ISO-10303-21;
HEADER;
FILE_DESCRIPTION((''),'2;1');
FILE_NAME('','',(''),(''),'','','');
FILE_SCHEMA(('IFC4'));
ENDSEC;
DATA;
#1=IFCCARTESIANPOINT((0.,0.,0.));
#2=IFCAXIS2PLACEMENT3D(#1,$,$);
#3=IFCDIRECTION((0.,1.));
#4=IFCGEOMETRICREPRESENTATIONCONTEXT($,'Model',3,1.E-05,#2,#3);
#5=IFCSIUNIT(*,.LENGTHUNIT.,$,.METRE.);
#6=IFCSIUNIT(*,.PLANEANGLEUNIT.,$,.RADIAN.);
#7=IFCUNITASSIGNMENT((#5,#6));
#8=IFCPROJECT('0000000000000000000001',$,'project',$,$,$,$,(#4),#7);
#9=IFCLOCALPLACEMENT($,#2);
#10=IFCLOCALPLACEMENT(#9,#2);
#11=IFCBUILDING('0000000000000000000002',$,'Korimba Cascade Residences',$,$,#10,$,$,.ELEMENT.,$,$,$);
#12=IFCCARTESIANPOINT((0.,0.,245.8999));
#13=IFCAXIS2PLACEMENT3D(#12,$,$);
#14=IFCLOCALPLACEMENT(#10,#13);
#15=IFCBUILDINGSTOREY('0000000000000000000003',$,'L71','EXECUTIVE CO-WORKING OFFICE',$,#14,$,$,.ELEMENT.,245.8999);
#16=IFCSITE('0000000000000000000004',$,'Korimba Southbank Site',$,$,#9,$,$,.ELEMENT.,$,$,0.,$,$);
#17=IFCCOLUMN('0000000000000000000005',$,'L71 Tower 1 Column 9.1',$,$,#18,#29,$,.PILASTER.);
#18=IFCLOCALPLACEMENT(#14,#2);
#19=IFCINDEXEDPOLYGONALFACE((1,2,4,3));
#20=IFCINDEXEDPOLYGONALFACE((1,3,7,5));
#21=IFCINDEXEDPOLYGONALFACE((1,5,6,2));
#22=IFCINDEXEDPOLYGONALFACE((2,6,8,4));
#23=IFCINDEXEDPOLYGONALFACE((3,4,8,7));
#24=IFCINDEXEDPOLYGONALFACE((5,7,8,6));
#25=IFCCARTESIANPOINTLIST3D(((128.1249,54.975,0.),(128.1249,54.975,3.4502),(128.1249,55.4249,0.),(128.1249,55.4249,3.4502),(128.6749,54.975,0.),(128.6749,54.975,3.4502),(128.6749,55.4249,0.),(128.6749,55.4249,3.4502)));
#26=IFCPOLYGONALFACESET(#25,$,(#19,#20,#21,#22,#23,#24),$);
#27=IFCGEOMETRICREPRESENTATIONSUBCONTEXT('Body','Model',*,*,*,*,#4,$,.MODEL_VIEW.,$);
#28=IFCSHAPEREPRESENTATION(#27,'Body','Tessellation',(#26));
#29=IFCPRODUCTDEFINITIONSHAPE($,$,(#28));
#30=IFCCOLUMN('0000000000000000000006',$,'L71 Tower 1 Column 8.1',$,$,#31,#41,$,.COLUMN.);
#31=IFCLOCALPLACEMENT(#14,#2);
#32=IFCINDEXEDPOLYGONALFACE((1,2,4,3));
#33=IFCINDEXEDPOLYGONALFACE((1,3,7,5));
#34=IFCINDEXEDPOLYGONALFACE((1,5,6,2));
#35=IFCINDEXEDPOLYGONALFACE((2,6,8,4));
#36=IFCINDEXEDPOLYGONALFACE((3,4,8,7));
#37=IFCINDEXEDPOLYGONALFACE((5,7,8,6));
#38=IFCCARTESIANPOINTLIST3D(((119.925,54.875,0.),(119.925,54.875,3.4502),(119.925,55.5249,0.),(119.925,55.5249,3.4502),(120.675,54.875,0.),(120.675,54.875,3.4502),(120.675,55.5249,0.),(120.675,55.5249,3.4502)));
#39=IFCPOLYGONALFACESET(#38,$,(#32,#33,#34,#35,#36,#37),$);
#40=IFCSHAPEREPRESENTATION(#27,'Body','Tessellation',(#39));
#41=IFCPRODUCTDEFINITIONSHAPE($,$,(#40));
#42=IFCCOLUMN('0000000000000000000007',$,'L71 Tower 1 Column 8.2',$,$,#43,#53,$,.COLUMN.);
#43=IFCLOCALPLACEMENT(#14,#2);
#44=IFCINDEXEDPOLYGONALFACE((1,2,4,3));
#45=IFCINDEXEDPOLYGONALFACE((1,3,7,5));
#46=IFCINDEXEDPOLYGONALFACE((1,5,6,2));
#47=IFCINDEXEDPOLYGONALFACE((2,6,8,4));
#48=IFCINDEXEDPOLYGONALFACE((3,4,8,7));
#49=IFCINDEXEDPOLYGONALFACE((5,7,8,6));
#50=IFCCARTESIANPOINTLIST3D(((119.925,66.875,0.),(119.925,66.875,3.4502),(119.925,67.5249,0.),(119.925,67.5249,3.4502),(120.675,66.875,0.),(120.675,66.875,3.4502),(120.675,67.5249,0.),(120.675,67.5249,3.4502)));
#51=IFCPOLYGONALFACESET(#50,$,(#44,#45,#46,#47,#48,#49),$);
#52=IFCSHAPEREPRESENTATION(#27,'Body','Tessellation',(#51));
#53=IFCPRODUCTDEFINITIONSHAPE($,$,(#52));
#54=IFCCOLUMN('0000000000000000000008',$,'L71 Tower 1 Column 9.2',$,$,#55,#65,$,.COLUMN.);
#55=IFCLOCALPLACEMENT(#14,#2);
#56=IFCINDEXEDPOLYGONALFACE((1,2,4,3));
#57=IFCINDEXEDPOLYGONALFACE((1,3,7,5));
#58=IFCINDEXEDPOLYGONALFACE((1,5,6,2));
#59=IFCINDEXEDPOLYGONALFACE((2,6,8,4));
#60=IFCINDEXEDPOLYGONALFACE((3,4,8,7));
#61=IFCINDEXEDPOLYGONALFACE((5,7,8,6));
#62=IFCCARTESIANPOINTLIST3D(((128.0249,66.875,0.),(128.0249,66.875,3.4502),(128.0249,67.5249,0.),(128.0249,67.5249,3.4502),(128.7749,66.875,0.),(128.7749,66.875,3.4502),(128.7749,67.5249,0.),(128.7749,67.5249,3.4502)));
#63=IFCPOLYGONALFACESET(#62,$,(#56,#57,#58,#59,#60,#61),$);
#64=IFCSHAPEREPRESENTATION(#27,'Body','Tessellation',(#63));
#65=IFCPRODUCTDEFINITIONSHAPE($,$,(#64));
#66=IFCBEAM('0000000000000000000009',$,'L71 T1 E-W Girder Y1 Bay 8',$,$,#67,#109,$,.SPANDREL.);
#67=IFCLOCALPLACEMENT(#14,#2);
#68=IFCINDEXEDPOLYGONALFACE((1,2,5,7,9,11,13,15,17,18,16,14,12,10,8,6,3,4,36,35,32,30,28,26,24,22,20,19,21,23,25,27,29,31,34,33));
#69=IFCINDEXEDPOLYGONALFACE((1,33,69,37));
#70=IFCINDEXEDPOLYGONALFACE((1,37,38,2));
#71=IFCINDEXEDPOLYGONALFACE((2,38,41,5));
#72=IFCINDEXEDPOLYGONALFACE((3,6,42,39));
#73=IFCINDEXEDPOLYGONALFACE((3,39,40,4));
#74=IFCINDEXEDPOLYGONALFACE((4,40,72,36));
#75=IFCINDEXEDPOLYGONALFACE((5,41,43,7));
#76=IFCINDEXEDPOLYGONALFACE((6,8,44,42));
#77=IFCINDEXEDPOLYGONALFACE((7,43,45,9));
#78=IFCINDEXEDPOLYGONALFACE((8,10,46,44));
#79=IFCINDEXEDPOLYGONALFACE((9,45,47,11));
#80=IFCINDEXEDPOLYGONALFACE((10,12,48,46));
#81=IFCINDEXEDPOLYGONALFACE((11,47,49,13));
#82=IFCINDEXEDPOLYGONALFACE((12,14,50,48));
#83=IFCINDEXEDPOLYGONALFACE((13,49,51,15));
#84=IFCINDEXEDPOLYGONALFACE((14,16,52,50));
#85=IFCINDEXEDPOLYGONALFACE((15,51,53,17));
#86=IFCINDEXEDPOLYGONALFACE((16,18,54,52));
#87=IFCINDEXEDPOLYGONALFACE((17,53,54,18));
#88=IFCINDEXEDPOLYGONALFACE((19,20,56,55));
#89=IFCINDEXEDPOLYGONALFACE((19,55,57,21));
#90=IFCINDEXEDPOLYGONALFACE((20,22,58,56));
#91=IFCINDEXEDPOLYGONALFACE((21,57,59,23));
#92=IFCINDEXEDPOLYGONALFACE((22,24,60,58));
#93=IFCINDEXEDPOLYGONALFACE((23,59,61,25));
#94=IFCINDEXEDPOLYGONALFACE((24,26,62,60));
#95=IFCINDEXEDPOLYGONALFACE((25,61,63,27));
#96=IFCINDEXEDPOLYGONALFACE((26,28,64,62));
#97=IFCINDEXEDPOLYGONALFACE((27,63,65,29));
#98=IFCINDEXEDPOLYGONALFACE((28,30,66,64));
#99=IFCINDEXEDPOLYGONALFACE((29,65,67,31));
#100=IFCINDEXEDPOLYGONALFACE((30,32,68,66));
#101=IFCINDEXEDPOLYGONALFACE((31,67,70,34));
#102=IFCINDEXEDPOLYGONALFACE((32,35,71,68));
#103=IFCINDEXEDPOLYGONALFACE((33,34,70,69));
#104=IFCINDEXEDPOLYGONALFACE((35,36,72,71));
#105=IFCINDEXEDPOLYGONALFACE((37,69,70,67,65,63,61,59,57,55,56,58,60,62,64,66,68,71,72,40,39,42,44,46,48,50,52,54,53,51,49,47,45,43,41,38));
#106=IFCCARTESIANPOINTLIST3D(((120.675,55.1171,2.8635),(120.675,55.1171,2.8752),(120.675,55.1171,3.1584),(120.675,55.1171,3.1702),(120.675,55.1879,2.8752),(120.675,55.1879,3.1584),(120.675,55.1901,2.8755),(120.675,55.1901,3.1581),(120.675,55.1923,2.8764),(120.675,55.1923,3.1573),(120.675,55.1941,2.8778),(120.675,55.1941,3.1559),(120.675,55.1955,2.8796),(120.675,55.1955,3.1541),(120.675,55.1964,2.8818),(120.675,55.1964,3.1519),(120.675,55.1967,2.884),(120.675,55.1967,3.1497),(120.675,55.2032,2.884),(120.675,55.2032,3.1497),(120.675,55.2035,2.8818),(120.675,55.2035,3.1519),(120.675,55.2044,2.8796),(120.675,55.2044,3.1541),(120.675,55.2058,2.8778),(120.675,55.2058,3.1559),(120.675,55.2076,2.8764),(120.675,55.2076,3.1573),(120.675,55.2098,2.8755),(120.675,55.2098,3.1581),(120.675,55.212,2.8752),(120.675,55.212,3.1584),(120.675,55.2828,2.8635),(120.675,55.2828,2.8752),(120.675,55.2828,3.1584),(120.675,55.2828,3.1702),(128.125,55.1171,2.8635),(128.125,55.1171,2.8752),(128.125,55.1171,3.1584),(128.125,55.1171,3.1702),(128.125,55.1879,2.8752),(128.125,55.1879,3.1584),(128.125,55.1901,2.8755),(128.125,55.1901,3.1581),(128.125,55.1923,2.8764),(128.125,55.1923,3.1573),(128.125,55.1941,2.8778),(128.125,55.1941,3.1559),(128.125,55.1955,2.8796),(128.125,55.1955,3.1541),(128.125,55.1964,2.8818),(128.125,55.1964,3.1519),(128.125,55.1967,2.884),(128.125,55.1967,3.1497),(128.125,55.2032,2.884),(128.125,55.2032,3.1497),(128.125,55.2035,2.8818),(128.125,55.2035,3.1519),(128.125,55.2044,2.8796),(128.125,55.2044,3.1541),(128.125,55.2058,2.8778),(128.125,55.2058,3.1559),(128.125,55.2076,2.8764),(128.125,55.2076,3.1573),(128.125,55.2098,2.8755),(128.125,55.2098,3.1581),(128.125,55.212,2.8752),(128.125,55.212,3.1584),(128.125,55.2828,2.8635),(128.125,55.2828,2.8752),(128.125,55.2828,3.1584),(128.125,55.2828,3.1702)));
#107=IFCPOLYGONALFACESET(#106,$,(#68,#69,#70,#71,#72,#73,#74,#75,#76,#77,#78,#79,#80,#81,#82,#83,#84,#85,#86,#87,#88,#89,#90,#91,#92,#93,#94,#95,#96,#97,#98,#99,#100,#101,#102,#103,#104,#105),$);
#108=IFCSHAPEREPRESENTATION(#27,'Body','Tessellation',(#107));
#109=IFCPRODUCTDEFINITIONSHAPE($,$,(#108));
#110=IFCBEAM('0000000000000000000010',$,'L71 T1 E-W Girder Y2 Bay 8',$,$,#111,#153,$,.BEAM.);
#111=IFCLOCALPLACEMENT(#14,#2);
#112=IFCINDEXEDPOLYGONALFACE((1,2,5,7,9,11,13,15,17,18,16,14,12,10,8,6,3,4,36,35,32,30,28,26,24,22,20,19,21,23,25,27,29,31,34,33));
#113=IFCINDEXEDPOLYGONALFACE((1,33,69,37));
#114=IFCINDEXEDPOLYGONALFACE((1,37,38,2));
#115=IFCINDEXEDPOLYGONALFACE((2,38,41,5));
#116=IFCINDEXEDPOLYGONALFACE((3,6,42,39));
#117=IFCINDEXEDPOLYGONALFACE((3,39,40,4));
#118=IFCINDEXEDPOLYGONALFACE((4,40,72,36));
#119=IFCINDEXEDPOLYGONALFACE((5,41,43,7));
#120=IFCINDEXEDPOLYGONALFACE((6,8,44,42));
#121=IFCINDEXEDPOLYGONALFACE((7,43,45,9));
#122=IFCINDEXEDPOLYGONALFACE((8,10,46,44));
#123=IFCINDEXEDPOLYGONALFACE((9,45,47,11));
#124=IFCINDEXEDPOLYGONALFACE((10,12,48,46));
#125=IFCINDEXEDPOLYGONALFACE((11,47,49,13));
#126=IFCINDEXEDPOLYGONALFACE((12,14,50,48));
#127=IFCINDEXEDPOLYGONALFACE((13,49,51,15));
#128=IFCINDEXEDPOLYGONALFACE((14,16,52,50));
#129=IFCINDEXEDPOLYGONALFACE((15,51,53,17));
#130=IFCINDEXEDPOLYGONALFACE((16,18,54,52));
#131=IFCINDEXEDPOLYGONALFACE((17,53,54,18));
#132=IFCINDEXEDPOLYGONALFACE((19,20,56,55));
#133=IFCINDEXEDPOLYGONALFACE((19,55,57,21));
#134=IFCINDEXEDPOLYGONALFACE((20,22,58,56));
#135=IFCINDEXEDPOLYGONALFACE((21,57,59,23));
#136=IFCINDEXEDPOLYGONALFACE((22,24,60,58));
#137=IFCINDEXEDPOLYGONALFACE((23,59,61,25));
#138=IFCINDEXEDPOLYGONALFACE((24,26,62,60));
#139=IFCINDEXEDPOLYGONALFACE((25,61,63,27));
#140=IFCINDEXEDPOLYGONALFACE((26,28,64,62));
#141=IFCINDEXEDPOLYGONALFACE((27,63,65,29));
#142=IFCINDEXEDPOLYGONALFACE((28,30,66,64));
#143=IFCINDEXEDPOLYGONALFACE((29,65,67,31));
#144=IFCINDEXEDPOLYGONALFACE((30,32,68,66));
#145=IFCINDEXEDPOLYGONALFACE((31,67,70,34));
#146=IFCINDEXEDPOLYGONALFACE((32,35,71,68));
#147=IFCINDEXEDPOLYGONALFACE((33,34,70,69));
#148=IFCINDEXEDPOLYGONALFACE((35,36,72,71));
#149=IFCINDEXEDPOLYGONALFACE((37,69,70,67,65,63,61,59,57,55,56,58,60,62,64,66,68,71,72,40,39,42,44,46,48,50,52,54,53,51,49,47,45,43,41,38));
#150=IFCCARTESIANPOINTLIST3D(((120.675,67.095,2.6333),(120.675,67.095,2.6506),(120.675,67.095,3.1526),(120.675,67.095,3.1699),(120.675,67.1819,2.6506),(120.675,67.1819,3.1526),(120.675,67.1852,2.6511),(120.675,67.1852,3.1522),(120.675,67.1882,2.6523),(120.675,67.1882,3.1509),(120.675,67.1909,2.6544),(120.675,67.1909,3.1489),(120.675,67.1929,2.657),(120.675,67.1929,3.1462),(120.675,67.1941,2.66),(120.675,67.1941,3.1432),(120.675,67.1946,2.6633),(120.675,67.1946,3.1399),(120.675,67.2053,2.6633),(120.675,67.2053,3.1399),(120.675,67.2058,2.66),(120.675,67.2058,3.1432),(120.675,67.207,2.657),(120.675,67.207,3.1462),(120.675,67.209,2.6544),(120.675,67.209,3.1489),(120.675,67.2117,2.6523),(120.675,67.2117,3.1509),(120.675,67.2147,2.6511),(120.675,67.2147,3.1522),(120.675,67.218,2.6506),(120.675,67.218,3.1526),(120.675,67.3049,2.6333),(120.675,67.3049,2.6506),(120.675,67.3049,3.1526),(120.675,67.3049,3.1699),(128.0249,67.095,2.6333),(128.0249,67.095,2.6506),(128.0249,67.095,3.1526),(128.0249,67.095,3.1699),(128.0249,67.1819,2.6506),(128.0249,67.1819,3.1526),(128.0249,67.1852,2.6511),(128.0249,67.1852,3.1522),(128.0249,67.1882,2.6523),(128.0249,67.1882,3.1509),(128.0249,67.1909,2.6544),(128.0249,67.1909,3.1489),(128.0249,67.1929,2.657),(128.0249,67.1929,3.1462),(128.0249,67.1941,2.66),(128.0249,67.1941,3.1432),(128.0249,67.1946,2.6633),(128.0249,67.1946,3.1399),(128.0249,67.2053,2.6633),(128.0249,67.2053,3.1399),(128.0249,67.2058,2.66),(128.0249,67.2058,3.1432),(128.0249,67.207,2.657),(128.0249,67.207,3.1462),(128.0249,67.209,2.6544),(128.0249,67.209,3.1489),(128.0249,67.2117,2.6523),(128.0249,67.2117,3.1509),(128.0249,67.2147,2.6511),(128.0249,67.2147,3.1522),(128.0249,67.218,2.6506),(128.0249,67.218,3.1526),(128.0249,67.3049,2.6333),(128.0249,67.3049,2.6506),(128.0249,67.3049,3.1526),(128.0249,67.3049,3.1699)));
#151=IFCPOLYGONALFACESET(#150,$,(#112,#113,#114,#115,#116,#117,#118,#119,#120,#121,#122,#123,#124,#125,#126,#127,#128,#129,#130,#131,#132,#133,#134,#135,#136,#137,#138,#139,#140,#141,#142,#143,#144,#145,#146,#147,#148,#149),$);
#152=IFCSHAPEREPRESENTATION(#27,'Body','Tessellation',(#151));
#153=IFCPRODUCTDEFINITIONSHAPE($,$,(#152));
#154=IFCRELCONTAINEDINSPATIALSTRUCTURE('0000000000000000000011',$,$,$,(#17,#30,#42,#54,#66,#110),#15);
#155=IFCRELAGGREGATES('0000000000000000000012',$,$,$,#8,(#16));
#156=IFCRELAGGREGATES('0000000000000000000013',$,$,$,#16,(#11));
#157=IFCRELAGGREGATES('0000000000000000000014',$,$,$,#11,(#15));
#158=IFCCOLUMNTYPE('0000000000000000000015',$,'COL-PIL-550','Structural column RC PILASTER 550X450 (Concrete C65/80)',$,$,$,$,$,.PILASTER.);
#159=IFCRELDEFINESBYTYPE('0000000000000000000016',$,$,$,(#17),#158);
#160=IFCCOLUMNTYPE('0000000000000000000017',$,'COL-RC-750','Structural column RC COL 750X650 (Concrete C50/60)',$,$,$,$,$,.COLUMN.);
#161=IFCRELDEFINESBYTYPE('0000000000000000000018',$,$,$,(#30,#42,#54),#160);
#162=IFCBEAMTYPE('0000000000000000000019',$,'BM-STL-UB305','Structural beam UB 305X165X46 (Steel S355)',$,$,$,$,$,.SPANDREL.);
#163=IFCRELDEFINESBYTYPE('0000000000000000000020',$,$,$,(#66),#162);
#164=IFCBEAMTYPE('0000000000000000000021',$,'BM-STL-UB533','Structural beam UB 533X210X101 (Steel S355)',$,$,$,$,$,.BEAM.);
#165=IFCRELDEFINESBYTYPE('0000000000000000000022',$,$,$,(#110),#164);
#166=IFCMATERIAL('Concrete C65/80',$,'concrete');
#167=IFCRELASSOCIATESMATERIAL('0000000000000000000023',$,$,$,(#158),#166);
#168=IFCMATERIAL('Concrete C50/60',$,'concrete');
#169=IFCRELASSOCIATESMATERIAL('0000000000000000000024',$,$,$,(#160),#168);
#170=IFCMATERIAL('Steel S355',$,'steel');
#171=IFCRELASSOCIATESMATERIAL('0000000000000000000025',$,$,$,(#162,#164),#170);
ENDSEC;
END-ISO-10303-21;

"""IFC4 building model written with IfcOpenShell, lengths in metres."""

from ifc_helpers import new_model, si_unit, direction, frame, origin, origin_2d, place, context, subcontext, project, spatial, rectangle, i_section, extrude, material, material_profile, profile_set, type_object, element, save


model = new_model("IFC4")

# Units and contexts
model_context = context("Model", 3, precision=1e-05, world=origin(), true_north=direction((0.0, 1.0)))
body_context = subcontext(model_context, "Body", "Model", "MODEL_VIEW")
ifc_project = project(units=[si_unit("LENGTHUNIT", "METRE"), si_unit("PLANEANGLEUNIT", "RADIAN")], contexts=[model_context])

# Site, building, storey
site_placement = place(None, origin())
site = spatial("IfcSite", under=ifc_project, at=site_placement, Name="Korimba Southbank Site", CompositionType="ELEMENT", RefElevation=0.0)
building_placement = place(site_placement, origin())
building = spatial("IfcBuilding", under=site, at=building_placement, Name="Korimba Cascade Residences", CompositionType="ELEMENT")
storey_placement = place(building_placement, frame((0.0, 0.0, 245.8999)))
storey = spatial("IfcBuildingStorey", under=building, at=storey_placement, Name="L71", Description="EXECUTIVE CO-WORKING OFFICE", CompositionType="ELEMENT", Elevation=245.8999)

# Columns
ifc_material_1 = material(Name="Concrete C65/80", Category="concrete")
ifc_material_profile_1 = material_profile(ifc_material_1, rectangle(XDim=0.55, YDim=0.45, at=origin_2d()), Name="Concrete C65/80")
ifc_profile_set_1 = profile_set([ifc_material_profile_1], Name="Concrete C65/80")
column_type_1 = type_object("IfcColumnType", Name="COL-PIL-550", Description="Structural column RC PILASTER 550X450 (Concrete C65/80)", PredefinedType="PILASTER", material=ifc_profile_set_1)
column_placement = place(storey_placement, frame((128.3999, 55.2, 0.0), z_axis=(0.0, 0.0, 1.0), x_axis=(1.0, 0.0, 0.0)))
element("IfcColumn", 1, at=column_placement, inside=storey, type_object=column_type_1, Name="L71 Tower 1 Column 9.1", PredefinedType="PILASTER", context=body_context, shape_type="SweptSolid", body=[
    extrude(rectangle(XDim=0.55, YDim=0.45, at=origin_2d()), origin(), (0.0, 0.0, 1.0), 3.4502),
])
ifc_material_2 = material(Name="Concrete C50/60", Category="concrete")
ifc_material_profile_2 = material_profile(ifc_material_2, rectangle(XDim=0.75, YDim=0.6499, at=origin_2d()), Name="Concrete C50/60")
ifc_profile_set_2 = profile_set([ifc_material_profile_2], Name="Concrete C50/60")
column_type_2 = type_object("IfcColumnType", Name="COL-RC-750", Description="Structural column RC COL 750X650 (Concrete C50/60)", PredefinedType="COLUMN", material=ifc_profile_set_2)
for number, where, z_axis, x_axis, name in (
    (2, (120.3, 55.2, 0.0), (0.0, 0.0, 1.0), (1.0, 0.0, 0.0), "L71 Tower 1 Column 8.1"),
    (3, (120.3, 67.2, 0.0), (0.0, 0.0, 1.0), (1.0, 0.0, 0.0), "L71 Tower 1 Column 8.2"),
    (4, (128.3999, 67.2, 0.0), (0.0, 0.0, 1.0), (1.0, 0.0, 0.0), "L71 Tower 1 Column 9.2"),
):
    element("IfcColumn", number, at=place(storey_placement, frame(where, z_axis=z_axis, x_axis=x_axis)), inside=storey, type_object=column_type_2, Name=name, PredefinedType="COLUMN", context=body_context, shape_type="SweptSolid", body=[
        extrude(rectangle(XDim=0.75, YDim=0.6499, at=origin_2d()), origin(), (0.0, 0.0, 1.0), 3.4502),
    ])

# Beams
ifc_material_3 = material(Name="Steel S355", Category="steel")
ifc_material_profile_3 = material_profile(ifc_material_3, i_section(OverallWidth=0.1658, OverallDepth=0.3066, WebThickness=0.0066, FlangeThickness=0.0117, FilletRadius=0.0088, at=origin_2d()), Name="Steel S355")
ifc_profile_set_3 = profile_set([ifc_material_profile_3], Name="Steel S355")
beam_type_1 = type_object("IfcBeamType", Name="BM-STL-UB305", Description="Structural beam UB 305X165X46 (Steel S355)", PredefinedType="SPANDREL", material=ifc_profile_set_3)
beam_1_placement = place(storey_placement, frame((120.675, 55.2, 3.0168), z_axis=(1.0, 0.0, 0.0), x_axis=(0.0, 1.0, 0.0)))
element("IfcBeam", 5, at=beam_1_placement, inside=storey, type_object=beam_type_1, Name="L71 T1 E-W Girder Y1 Bay 8", PredefinedType="SPANDREL", context=body_context, shape_type="SweptSolid", body=[
    extrude(i_section(OverallWidth=0.1658, OverallDepth=0.3066, WebThickness=0.0066, FlangeThickness=0.0117, FilletRadius=0.0088, at=origin_2d()), origin(), (0.0, 0.0, 1.0), 7.45),
])
ifc_material_profile_4 = material_profile(ifc_material_3, i_section(OverallWidth=0.21, OverallDepth=0.5366, WebThickness=0.0107, FlangeThickness=0.0173, FilletRadius=0.0127, at=origin_2d()), Name="Steel S355")
ifc_profile_set_4 = profile_set([ifc_material_profile_4], Name="Steel S355")
beam_type_2 = type_object("IfcBeamType", Name="BM-STL-UB533", Description="Structural beam UB 533X210X101 (Steel S355)", PredefinedType="BEAM", material=ifc_profile_set_4)
beam_2_placement = place(storey_placement, frame((120.675, 67.2, 2.9016), z_axis=(1.0, 0.0, 0.0), x_axis=(0.0, 1.0, 0.0)))
element("IfcBeam", 6, at=beam_2_placement, inside=storey, type_object=beam_type_2, Name="L71 T1 E-W Girder Y2 Bay 8", PredefinedType="BEAM", context=body_context, shape_type="SweptSolid", body=[
    extrude(i_section(OverallWidth=0.21, OverallDepth=0.5366, WebThickness=0.0107, FlangeThickness=0.0173, FilletRadius=0.0127, at=origin_2d()), origin(), (0.0, 0.0, 1.0), 7.3499),
])

save(model, "model.ifc")
